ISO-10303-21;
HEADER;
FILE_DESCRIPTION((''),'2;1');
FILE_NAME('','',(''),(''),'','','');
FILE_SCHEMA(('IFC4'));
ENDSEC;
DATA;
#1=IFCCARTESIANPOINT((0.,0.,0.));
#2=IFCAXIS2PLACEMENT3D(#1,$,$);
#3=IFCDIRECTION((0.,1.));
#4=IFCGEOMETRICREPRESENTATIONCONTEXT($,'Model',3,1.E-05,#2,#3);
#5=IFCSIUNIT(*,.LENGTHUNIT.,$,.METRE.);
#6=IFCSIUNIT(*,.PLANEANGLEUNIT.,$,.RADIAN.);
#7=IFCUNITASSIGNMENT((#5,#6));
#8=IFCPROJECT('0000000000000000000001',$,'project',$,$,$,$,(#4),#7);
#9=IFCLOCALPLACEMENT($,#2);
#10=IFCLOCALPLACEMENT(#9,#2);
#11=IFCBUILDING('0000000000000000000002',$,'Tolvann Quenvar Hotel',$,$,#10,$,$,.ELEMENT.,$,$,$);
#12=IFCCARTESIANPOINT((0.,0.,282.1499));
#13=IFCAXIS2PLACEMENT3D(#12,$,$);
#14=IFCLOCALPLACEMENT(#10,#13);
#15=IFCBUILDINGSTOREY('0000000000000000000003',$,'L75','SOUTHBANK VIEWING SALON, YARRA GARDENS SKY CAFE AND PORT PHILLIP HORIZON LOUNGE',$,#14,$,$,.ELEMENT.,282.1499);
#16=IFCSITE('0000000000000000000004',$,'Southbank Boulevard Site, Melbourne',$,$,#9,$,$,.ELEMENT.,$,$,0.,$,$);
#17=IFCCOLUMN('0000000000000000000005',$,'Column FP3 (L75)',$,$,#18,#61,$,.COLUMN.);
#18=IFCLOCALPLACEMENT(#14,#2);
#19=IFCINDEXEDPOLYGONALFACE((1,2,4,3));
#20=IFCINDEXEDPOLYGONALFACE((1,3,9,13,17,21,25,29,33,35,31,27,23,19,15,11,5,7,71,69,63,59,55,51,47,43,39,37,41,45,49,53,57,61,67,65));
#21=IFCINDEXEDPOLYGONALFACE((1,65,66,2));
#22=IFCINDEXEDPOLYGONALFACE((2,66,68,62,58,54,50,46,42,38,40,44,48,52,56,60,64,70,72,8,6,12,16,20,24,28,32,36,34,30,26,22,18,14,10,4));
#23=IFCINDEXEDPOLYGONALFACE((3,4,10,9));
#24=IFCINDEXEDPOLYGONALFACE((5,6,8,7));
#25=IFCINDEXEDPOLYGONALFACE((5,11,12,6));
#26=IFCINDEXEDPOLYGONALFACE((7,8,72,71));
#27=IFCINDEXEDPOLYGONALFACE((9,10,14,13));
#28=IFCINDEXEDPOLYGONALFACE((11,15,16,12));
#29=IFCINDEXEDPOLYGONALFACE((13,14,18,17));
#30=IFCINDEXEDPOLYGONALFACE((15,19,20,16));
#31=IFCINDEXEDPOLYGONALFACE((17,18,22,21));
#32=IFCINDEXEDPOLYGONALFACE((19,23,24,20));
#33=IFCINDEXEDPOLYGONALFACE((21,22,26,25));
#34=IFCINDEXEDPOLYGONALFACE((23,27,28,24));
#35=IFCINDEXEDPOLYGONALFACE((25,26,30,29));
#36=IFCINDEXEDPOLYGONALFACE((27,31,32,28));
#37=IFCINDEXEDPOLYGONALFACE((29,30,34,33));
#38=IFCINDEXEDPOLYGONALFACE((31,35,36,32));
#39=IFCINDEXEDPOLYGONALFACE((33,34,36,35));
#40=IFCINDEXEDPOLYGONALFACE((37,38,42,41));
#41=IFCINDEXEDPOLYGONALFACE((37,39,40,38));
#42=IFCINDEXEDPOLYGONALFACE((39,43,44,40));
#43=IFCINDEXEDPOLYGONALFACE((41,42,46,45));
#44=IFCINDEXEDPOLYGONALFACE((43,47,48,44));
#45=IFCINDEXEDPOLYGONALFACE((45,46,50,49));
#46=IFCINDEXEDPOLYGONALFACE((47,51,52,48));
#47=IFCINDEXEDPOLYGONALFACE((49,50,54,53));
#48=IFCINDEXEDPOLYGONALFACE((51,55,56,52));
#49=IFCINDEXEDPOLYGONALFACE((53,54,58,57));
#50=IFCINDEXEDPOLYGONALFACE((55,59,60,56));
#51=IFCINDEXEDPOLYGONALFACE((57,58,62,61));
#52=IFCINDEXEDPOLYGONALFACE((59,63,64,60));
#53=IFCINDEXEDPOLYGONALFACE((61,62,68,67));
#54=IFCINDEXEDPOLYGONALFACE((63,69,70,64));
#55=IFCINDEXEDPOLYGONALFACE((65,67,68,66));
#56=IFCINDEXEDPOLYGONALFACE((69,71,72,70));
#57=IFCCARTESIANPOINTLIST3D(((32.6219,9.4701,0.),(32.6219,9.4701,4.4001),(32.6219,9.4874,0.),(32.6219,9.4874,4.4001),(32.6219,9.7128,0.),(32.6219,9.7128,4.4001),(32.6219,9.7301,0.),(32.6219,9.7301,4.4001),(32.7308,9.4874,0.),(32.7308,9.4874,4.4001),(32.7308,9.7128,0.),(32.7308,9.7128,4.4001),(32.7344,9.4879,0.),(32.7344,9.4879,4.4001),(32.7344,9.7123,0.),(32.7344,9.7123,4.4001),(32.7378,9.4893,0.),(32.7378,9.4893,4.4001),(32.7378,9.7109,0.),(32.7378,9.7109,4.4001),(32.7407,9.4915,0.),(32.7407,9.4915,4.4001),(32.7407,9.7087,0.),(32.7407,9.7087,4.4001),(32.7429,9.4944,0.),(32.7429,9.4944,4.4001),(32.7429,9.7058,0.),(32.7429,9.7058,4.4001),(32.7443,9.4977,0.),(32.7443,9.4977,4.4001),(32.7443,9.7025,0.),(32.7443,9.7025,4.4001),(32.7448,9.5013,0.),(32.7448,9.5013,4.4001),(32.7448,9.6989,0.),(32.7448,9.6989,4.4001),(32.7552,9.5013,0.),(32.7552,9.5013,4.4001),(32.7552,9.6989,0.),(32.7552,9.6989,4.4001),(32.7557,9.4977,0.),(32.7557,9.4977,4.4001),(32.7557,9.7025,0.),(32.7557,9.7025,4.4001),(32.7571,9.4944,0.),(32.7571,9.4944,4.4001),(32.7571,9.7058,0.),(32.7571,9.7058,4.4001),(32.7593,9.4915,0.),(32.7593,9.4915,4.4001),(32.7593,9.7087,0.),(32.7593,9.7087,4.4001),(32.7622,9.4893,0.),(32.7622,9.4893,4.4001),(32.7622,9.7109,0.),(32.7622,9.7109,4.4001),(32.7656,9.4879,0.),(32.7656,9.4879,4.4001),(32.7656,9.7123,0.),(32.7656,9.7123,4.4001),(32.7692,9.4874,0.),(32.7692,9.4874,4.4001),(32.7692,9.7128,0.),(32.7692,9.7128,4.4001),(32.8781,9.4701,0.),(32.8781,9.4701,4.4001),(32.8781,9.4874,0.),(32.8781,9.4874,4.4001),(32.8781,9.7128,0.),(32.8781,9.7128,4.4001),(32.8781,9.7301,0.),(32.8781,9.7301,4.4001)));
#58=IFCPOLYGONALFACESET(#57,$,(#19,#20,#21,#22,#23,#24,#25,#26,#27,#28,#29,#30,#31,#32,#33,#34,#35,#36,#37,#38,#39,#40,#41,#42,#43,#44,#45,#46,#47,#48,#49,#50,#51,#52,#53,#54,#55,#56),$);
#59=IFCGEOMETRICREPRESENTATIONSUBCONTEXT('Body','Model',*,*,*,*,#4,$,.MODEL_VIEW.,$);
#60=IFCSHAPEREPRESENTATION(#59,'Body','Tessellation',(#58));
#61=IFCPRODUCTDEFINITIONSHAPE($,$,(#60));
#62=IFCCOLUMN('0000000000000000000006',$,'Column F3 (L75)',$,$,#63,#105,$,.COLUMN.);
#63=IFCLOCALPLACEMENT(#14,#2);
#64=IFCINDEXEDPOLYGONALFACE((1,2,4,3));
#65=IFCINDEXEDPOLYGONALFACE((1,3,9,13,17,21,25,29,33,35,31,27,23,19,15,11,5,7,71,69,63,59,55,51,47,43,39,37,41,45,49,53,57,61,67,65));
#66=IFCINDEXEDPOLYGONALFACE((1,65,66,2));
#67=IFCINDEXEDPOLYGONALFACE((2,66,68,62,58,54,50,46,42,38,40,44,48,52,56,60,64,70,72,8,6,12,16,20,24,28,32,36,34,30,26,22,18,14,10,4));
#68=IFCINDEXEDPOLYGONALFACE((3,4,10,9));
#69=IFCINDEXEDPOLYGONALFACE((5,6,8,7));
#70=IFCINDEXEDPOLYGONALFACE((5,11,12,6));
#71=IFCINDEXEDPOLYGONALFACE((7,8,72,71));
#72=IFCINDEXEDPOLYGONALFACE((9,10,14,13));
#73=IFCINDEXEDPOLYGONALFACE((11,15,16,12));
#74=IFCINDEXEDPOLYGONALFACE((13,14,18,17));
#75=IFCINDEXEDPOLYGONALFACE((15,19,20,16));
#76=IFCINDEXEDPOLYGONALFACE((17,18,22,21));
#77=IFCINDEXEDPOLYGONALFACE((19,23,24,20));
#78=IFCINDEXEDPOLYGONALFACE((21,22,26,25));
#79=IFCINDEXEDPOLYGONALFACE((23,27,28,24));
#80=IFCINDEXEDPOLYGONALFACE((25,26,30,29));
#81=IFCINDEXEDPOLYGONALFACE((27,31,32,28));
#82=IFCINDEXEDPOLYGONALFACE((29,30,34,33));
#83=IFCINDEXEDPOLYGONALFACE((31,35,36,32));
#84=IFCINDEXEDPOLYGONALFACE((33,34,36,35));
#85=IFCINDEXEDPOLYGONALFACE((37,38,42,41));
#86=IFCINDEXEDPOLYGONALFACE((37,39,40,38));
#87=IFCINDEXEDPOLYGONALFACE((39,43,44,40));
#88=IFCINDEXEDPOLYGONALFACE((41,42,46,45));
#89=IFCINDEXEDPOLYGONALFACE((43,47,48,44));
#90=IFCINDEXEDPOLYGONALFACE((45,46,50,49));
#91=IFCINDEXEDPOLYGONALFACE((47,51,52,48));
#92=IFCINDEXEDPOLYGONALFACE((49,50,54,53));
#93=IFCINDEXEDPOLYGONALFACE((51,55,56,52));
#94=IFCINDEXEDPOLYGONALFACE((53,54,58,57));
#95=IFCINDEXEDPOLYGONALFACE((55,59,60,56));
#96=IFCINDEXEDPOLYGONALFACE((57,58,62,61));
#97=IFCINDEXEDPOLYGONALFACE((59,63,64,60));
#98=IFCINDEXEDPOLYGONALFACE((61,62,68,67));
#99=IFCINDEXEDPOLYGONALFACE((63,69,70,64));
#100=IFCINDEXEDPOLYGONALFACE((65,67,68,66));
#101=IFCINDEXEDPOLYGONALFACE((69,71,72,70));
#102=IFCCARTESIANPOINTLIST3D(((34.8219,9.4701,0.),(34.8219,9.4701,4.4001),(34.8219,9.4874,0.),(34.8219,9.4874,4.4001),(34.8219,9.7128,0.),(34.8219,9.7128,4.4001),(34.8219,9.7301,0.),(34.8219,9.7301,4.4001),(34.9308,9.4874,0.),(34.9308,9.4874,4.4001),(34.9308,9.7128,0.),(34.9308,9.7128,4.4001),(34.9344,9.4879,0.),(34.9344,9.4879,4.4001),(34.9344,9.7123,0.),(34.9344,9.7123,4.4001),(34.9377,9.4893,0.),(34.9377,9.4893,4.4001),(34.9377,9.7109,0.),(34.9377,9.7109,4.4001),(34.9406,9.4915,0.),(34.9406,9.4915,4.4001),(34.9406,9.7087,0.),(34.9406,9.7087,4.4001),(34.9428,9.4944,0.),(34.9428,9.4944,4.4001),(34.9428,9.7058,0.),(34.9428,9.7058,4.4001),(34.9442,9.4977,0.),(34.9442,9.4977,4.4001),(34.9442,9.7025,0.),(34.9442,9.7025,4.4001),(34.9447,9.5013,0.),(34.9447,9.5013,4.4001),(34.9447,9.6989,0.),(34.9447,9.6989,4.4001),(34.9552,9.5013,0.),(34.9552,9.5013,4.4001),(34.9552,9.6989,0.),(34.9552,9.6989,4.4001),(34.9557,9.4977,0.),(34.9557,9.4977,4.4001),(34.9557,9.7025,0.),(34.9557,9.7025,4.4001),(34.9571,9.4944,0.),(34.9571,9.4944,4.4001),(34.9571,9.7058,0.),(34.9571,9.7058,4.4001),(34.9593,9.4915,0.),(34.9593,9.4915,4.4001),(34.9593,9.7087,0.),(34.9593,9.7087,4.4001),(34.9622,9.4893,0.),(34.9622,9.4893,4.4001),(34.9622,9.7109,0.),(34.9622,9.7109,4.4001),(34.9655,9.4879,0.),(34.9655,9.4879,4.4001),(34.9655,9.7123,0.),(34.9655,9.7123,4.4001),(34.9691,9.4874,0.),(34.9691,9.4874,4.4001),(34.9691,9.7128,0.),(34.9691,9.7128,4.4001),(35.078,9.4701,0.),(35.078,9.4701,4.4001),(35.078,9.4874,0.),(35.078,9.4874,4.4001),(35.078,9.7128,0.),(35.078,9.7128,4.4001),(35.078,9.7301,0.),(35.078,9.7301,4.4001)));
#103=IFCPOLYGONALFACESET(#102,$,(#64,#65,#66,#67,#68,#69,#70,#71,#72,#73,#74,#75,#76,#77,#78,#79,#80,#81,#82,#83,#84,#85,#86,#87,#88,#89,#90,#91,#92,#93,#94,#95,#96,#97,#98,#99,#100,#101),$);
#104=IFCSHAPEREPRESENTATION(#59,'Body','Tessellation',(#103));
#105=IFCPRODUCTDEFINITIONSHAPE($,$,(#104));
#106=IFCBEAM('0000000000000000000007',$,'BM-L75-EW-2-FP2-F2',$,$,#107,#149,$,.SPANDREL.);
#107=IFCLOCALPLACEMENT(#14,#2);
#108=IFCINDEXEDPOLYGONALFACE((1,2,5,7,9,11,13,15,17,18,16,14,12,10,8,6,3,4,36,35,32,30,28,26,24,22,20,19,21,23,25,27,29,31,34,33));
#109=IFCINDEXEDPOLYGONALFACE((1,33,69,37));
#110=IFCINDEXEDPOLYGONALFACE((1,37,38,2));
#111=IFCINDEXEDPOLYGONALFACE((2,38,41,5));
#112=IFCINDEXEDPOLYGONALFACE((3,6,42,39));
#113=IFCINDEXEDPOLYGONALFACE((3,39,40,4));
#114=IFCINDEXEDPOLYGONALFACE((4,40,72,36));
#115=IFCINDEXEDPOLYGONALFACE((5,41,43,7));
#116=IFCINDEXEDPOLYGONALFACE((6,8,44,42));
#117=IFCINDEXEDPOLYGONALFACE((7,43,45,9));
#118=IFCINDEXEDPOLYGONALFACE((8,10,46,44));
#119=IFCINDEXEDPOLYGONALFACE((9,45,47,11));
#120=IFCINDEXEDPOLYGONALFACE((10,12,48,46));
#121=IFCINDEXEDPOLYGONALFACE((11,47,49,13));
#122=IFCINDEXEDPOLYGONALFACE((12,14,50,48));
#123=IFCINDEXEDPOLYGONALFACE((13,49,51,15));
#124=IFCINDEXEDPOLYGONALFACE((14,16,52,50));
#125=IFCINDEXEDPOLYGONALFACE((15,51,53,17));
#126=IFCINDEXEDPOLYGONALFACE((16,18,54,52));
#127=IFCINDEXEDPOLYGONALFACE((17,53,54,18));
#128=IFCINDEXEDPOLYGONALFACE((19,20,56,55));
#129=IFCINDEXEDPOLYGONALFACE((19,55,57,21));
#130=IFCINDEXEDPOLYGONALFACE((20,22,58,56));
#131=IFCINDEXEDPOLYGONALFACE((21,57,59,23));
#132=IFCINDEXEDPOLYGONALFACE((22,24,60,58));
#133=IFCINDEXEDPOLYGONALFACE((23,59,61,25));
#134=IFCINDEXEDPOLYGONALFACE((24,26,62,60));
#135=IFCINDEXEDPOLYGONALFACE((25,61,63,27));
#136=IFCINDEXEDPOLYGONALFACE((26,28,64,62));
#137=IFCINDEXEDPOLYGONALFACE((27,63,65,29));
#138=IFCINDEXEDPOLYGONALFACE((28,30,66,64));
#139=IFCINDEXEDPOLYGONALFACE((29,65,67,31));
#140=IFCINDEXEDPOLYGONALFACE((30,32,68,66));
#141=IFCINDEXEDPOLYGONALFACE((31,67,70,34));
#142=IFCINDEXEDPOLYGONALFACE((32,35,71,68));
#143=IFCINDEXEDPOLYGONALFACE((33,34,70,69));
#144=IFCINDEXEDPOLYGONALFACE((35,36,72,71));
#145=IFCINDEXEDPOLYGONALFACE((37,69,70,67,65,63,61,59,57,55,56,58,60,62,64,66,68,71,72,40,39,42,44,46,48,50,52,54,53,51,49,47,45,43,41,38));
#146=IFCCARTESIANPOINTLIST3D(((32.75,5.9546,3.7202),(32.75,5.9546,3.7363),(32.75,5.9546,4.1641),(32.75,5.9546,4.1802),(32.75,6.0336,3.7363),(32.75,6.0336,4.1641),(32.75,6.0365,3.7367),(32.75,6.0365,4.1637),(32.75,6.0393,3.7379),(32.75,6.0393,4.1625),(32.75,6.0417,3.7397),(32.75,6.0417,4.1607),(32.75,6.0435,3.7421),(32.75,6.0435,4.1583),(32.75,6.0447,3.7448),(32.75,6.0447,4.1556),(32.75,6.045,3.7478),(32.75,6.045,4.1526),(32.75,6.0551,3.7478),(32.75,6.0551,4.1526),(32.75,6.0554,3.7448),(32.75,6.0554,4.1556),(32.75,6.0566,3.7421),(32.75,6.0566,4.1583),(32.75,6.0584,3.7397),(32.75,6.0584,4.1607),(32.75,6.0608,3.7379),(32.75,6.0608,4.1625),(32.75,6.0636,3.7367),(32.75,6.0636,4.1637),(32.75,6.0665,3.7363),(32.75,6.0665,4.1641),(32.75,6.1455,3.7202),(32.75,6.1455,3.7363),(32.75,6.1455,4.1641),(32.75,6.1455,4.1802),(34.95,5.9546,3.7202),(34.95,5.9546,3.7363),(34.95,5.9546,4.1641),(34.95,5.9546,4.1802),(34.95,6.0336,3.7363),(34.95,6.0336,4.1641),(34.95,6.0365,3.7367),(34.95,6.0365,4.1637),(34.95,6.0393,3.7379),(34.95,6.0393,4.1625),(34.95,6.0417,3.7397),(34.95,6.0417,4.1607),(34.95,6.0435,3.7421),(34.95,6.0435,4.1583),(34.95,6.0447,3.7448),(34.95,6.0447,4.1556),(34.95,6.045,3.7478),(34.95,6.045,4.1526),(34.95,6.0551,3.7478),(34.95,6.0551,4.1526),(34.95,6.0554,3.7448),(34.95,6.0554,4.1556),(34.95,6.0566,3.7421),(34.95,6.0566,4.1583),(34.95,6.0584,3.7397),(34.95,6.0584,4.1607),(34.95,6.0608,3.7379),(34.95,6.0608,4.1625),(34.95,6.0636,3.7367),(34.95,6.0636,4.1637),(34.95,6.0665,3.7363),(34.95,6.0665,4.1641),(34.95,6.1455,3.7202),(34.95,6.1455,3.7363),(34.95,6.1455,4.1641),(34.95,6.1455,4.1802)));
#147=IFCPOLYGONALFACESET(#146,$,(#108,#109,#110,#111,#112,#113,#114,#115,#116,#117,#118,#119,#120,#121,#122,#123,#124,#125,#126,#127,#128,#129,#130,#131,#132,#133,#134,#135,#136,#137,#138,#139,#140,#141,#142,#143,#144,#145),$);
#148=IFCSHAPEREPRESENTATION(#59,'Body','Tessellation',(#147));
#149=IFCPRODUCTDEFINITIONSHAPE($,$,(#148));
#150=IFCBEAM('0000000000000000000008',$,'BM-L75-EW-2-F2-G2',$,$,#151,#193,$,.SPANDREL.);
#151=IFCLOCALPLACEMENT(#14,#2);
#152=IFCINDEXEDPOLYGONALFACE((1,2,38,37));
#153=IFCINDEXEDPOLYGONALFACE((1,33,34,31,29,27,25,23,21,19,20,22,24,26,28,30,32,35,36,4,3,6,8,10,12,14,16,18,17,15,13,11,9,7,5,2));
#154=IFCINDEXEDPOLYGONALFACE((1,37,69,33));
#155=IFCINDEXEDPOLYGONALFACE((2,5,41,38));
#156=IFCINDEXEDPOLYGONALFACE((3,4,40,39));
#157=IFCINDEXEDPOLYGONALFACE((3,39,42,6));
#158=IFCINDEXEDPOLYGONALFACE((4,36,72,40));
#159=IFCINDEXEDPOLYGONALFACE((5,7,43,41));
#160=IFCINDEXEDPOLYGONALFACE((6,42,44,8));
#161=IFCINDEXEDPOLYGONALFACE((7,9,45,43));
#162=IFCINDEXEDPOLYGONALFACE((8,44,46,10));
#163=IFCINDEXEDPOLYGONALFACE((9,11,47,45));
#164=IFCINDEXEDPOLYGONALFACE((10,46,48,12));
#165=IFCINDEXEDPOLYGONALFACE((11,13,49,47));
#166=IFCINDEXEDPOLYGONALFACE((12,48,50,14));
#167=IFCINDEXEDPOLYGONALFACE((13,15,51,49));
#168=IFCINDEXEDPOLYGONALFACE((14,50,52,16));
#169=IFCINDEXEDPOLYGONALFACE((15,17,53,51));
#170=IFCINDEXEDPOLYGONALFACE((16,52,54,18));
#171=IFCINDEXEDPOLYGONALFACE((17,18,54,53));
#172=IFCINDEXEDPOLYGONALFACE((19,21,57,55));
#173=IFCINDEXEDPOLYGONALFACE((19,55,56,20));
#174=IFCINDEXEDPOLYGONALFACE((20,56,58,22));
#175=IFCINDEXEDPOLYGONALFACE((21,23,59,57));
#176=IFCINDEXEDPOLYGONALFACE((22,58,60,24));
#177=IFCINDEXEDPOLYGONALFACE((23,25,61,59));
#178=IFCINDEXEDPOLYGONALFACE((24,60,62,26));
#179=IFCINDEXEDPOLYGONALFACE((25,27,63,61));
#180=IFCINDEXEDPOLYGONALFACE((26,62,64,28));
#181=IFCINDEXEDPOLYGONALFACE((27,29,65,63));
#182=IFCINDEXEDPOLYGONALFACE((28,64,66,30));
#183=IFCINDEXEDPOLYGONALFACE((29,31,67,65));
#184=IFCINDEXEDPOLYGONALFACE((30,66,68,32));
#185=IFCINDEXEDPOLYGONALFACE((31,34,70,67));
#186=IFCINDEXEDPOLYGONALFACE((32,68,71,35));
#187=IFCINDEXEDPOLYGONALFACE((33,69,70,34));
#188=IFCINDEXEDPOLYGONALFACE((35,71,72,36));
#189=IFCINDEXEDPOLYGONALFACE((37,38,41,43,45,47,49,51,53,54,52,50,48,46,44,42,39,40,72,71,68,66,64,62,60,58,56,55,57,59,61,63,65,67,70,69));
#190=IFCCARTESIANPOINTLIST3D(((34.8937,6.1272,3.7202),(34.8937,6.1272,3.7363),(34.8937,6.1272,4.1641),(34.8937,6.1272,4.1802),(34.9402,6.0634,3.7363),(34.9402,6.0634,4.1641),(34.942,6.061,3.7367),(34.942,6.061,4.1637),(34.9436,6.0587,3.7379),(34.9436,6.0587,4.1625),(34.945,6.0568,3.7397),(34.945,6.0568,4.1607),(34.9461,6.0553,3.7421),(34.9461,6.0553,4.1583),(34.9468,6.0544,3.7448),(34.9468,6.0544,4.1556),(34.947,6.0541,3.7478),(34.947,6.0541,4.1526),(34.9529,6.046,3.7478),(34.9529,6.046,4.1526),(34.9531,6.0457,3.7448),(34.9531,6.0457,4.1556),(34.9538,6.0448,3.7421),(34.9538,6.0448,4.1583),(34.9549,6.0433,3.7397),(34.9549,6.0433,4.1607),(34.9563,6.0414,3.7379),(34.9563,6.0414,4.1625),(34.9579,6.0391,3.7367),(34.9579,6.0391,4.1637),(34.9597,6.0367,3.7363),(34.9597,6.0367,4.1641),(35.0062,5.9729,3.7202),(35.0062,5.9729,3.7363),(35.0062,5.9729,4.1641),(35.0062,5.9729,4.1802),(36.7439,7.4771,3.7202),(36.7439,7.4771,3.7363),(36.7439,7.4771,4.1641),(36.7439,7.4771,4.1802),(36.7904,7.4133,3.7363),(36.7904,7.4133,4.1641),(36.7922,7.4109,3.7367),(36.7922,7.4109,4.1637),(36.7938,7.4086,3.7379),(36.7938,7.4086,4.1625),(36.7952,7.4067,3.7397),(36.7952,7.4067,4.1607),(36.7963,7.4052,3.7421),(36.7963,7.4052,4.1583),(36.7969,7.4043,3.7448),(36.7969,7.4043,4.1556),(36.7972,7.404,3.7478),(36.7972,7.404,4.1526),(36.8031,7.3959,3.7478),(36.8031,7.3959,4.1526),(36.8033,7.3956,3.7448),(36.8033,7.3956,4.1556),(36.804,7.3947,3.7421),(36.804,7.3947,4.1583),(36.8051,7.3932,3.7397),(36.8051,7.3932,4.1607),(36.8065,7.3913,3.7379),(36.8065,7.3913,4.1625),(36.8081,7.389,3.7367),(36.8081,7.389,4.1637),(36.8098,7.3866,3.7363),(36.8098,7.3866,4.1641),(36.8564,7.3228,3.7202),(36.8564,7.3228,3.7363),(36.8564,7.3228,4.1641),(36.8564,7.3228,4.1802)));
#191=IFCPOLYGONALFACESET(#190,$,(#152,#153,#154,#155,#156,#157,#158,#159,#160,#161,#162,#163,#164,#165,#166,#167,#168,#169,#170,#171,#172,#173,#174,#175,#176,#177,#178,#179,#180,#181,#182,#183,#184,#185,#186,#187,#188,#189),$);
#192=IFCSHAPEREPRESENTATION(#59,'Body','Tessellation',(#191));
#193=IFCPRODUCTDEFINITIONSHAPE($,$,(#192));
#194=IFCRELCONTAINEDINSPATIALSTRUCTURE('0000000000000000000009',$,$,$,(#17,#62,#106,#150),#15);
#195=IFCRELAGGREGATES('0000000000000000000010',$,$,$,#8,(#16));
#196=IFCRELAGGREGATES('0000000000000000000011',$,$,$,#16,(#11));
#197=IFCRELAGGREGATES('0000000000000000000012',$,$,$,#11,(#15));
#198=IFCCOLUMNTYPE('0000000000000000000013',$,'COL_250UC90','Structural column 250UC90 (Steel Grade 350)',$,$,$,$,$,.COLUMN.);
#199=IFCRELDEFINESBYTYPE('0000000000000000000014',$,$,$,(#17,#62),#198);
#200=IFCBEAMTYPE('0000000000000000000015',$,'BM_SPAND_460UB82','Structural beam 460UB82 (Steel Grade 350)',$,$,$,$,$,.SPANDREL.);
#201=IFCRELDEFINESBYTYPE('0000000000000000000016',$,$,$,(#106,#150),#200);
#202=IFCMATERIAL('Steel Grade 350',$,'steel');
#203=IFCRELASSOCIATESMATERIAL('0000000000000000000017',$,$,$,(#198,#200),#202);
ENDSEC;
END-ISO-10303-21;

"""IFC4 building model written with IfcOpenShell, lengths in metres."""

from ifc_helpers import new_model, si_unit, direction, frame, origin, origin_2d, place, context, subcontext, project, spatial, i_section, extrude, source, transform, mapped, material, material_profile, profile_set, type_object, type_shapes, element, save


model = new_model("IFC4")

# Units and contexts
model_context = context("Model", 3, precision=1e-05, world=origin(), true_north=direction((0.0, 1.0)))
body_context = subcontext(model_context, "Body", "Model", "MODEL_VIEW")
ifc_project = project(units=[si_unit("LENGTHUNIT", "METRE"), si_unit("PLANEANGLEUNIT", "RADIAN")], contexts=[model_context])

# Site, building, storey
site_placement = place(None, origin())
site = spatial("IfcSite", under=ifc_project, at=site_placement, Name="Southbank Boulevard Site, Melbourne", CompositionType="ELEMENT", RefElevation=0.0)
building_placement = place(site_placement, origin())
building = spatial("IfcBuilding", under=site, at=building_placement, Name="Tolvann Quenvar Hotel", CompositionType="ELEMENT")
storey_placement = place(building_placement, frame((0.0, 0.0, 282.1499)))
storey = spatial("IfcBuildingStorey", under=building, at=storey_placement, Name="L75", Description="SOUTHBANK VIEWING SALON, YARRA GARDENS SKY CAFE AND PORT PHILLIP HORIZON LOUNGE", CompositionType="ELEMENT", Elevation=282.1499)

# Columns
ifc_material_1 = material(Name="Steel Grade 350", Category="steel")
ifc_material_profile_1 = material_profile(ifc_material_1, i_section(OverallWidth=0.2561, OverallDepth=0.26, WebThickness=0.0105, FlangeThickness=0.0173, FilletRadius=0.0139, at=origin_2d()), Name="250UC90")
ifc_profile_set_1 = profile_set([ifc_material_profile_1], Name="Steel Grade 350")
column_type_1 = type_object("IfcColumnType", Name="COL_250UC90", Description="Structural column 250UC90 (Steel Grade 350)", PredefinedType="COLUMN", material=ifc_profile_set_1)
shared_shape_1 = source(origin(), body_context, "Body", "SweptSolid", [
    extrude(i_section(OverallWidth=0.2561, OverallDepth=0.26, WebThickness=0.0105, FlangeThickness=0.0173, FilletRadius=0.0139, at=origin_2d()), origin(), (0.0, 0.0, 1.0), 4.4001),
])
type_shapes(column_type_1, [shared_shape_1])
for number, where, z_axis, x_axis, name in (
    (1, (32.75, 9.6001, 0.0), (0.0, 0.0, 1.0), (1.0, 0.0, 0.0), "Column FP3 (L75)"),
    (2, (34.95, 9.6001, 0.0), (0.0, 0.0, 1.0), (1.0, 0.0, 0.0), "Column F3 (L75)"),
):
    element("IfcColumn", number, at=place(storey_placement, frame(where, z_axis=z_axis, x_axis=x_axis)), inside=storey, type_object=column_type_1, Name=name, PredefinedType="COLUMN", context=body_context, shape_type="MappedRepresentation", body=[
        mapped(shared_shape_1, transform((0.0, 0.0, 0.0), x_axis=(1.0, 0.0, 0.0), y_axis=(0.0, 1.0, 0.0), z_axis=(0.0, 0.0, 1.0), scale=1.0)),
    ])

# Beams
ifc_material_profile_2 = material_profile(ifc_material_1, i_section(OverallWidth=0.1909, OverallDepth=0.46, WebThickness=0.01, FlangeThickness=0.0161, FilletRadius=0.0115, at=origin_2d()), Name="460UB82")
ifc_profile_set_2 = profile_set([ifc_material_profile_2], Name="Steel Grade 350")
beam_type_1 = type_object("IfcBeamType", Name="BM_SPAND_460UB82", Description="Structural beam 460UB82 (Steel Grade 350)", PredefinedType="SPANDREL", material=ifc_profile_set_2)
shared_shape_2 = source(origin(), body_context, "Body", "SweptSolid", [
    extrude(i_section(OverallWidth=0.1909, OverallDepth=0.46, WebThickness=0.01, FlangeThickness=0.0161, FilletRadius=0.0115, at=origin_2d()), origin(), (0.0, 0.0, 1.0), 2.2),
])
beam_1_placement = place(storey_placement, frame((32.75, 6.05, 3.9502), z_axis=(1.0, 0.0, 0.0), x_axis=(0.0, 1.0, 0.0)))
element("IfcBeam", 3, at=beam_1_placement, inside=storey, type_object=beam_type_1, Name="BM-L75-EW-2-FP2-F2", PredefinedType="SPANDREL", context=body_context, shape_type="MappedRepresentation", body=[
    mapped(shared_shape_2, transform((0.0, 0.0, 0.0), x_axis=(1.0, 0.0, 0.0), y_axis=(0.0, 1.0, 0.0), z_axis=(0.0, 0.0, 1.0), scale=1.0)),
])
shared_shape_3 = source(origin(), body_context, "Body", "SweptSolid", [
    extrude(i_section(OverallWidth=0.1909, OverallDepth=0.46, WebThickness=0.01, FlangeThickness=0.0161, FilletRadius=0.0115, at=origin_2d()), origin(), (0.0, 0.0, 1.0), 2.2903),
])
beam_2_placement = place(storey_placement, frame((34.95, 6.05, 3.9502), z_axis=(0.807836, 0.589407, 0.0), x_axis=(-0.589407, 0.807836, 0.0)))
element("IfcBeam", 4, at=beam_2_placement, inside=storey, type_object=beam_type_1, Name="BM-L75-EW-2-F2-G2", PredefinedType="SPANDREL", context=body_context, shape_type="MappedRepresentation", body=[
    mapped(shared_shape_3, transform((0.0, 0.0, 0.0), x_axis=(1.0, 0.0, 0.0), y_axis=(0.0, 1.0, 0.0), z_axis=(0.0, 0.0, 1.0), scale=1.0)),
])

save(model, "model.ifc")
